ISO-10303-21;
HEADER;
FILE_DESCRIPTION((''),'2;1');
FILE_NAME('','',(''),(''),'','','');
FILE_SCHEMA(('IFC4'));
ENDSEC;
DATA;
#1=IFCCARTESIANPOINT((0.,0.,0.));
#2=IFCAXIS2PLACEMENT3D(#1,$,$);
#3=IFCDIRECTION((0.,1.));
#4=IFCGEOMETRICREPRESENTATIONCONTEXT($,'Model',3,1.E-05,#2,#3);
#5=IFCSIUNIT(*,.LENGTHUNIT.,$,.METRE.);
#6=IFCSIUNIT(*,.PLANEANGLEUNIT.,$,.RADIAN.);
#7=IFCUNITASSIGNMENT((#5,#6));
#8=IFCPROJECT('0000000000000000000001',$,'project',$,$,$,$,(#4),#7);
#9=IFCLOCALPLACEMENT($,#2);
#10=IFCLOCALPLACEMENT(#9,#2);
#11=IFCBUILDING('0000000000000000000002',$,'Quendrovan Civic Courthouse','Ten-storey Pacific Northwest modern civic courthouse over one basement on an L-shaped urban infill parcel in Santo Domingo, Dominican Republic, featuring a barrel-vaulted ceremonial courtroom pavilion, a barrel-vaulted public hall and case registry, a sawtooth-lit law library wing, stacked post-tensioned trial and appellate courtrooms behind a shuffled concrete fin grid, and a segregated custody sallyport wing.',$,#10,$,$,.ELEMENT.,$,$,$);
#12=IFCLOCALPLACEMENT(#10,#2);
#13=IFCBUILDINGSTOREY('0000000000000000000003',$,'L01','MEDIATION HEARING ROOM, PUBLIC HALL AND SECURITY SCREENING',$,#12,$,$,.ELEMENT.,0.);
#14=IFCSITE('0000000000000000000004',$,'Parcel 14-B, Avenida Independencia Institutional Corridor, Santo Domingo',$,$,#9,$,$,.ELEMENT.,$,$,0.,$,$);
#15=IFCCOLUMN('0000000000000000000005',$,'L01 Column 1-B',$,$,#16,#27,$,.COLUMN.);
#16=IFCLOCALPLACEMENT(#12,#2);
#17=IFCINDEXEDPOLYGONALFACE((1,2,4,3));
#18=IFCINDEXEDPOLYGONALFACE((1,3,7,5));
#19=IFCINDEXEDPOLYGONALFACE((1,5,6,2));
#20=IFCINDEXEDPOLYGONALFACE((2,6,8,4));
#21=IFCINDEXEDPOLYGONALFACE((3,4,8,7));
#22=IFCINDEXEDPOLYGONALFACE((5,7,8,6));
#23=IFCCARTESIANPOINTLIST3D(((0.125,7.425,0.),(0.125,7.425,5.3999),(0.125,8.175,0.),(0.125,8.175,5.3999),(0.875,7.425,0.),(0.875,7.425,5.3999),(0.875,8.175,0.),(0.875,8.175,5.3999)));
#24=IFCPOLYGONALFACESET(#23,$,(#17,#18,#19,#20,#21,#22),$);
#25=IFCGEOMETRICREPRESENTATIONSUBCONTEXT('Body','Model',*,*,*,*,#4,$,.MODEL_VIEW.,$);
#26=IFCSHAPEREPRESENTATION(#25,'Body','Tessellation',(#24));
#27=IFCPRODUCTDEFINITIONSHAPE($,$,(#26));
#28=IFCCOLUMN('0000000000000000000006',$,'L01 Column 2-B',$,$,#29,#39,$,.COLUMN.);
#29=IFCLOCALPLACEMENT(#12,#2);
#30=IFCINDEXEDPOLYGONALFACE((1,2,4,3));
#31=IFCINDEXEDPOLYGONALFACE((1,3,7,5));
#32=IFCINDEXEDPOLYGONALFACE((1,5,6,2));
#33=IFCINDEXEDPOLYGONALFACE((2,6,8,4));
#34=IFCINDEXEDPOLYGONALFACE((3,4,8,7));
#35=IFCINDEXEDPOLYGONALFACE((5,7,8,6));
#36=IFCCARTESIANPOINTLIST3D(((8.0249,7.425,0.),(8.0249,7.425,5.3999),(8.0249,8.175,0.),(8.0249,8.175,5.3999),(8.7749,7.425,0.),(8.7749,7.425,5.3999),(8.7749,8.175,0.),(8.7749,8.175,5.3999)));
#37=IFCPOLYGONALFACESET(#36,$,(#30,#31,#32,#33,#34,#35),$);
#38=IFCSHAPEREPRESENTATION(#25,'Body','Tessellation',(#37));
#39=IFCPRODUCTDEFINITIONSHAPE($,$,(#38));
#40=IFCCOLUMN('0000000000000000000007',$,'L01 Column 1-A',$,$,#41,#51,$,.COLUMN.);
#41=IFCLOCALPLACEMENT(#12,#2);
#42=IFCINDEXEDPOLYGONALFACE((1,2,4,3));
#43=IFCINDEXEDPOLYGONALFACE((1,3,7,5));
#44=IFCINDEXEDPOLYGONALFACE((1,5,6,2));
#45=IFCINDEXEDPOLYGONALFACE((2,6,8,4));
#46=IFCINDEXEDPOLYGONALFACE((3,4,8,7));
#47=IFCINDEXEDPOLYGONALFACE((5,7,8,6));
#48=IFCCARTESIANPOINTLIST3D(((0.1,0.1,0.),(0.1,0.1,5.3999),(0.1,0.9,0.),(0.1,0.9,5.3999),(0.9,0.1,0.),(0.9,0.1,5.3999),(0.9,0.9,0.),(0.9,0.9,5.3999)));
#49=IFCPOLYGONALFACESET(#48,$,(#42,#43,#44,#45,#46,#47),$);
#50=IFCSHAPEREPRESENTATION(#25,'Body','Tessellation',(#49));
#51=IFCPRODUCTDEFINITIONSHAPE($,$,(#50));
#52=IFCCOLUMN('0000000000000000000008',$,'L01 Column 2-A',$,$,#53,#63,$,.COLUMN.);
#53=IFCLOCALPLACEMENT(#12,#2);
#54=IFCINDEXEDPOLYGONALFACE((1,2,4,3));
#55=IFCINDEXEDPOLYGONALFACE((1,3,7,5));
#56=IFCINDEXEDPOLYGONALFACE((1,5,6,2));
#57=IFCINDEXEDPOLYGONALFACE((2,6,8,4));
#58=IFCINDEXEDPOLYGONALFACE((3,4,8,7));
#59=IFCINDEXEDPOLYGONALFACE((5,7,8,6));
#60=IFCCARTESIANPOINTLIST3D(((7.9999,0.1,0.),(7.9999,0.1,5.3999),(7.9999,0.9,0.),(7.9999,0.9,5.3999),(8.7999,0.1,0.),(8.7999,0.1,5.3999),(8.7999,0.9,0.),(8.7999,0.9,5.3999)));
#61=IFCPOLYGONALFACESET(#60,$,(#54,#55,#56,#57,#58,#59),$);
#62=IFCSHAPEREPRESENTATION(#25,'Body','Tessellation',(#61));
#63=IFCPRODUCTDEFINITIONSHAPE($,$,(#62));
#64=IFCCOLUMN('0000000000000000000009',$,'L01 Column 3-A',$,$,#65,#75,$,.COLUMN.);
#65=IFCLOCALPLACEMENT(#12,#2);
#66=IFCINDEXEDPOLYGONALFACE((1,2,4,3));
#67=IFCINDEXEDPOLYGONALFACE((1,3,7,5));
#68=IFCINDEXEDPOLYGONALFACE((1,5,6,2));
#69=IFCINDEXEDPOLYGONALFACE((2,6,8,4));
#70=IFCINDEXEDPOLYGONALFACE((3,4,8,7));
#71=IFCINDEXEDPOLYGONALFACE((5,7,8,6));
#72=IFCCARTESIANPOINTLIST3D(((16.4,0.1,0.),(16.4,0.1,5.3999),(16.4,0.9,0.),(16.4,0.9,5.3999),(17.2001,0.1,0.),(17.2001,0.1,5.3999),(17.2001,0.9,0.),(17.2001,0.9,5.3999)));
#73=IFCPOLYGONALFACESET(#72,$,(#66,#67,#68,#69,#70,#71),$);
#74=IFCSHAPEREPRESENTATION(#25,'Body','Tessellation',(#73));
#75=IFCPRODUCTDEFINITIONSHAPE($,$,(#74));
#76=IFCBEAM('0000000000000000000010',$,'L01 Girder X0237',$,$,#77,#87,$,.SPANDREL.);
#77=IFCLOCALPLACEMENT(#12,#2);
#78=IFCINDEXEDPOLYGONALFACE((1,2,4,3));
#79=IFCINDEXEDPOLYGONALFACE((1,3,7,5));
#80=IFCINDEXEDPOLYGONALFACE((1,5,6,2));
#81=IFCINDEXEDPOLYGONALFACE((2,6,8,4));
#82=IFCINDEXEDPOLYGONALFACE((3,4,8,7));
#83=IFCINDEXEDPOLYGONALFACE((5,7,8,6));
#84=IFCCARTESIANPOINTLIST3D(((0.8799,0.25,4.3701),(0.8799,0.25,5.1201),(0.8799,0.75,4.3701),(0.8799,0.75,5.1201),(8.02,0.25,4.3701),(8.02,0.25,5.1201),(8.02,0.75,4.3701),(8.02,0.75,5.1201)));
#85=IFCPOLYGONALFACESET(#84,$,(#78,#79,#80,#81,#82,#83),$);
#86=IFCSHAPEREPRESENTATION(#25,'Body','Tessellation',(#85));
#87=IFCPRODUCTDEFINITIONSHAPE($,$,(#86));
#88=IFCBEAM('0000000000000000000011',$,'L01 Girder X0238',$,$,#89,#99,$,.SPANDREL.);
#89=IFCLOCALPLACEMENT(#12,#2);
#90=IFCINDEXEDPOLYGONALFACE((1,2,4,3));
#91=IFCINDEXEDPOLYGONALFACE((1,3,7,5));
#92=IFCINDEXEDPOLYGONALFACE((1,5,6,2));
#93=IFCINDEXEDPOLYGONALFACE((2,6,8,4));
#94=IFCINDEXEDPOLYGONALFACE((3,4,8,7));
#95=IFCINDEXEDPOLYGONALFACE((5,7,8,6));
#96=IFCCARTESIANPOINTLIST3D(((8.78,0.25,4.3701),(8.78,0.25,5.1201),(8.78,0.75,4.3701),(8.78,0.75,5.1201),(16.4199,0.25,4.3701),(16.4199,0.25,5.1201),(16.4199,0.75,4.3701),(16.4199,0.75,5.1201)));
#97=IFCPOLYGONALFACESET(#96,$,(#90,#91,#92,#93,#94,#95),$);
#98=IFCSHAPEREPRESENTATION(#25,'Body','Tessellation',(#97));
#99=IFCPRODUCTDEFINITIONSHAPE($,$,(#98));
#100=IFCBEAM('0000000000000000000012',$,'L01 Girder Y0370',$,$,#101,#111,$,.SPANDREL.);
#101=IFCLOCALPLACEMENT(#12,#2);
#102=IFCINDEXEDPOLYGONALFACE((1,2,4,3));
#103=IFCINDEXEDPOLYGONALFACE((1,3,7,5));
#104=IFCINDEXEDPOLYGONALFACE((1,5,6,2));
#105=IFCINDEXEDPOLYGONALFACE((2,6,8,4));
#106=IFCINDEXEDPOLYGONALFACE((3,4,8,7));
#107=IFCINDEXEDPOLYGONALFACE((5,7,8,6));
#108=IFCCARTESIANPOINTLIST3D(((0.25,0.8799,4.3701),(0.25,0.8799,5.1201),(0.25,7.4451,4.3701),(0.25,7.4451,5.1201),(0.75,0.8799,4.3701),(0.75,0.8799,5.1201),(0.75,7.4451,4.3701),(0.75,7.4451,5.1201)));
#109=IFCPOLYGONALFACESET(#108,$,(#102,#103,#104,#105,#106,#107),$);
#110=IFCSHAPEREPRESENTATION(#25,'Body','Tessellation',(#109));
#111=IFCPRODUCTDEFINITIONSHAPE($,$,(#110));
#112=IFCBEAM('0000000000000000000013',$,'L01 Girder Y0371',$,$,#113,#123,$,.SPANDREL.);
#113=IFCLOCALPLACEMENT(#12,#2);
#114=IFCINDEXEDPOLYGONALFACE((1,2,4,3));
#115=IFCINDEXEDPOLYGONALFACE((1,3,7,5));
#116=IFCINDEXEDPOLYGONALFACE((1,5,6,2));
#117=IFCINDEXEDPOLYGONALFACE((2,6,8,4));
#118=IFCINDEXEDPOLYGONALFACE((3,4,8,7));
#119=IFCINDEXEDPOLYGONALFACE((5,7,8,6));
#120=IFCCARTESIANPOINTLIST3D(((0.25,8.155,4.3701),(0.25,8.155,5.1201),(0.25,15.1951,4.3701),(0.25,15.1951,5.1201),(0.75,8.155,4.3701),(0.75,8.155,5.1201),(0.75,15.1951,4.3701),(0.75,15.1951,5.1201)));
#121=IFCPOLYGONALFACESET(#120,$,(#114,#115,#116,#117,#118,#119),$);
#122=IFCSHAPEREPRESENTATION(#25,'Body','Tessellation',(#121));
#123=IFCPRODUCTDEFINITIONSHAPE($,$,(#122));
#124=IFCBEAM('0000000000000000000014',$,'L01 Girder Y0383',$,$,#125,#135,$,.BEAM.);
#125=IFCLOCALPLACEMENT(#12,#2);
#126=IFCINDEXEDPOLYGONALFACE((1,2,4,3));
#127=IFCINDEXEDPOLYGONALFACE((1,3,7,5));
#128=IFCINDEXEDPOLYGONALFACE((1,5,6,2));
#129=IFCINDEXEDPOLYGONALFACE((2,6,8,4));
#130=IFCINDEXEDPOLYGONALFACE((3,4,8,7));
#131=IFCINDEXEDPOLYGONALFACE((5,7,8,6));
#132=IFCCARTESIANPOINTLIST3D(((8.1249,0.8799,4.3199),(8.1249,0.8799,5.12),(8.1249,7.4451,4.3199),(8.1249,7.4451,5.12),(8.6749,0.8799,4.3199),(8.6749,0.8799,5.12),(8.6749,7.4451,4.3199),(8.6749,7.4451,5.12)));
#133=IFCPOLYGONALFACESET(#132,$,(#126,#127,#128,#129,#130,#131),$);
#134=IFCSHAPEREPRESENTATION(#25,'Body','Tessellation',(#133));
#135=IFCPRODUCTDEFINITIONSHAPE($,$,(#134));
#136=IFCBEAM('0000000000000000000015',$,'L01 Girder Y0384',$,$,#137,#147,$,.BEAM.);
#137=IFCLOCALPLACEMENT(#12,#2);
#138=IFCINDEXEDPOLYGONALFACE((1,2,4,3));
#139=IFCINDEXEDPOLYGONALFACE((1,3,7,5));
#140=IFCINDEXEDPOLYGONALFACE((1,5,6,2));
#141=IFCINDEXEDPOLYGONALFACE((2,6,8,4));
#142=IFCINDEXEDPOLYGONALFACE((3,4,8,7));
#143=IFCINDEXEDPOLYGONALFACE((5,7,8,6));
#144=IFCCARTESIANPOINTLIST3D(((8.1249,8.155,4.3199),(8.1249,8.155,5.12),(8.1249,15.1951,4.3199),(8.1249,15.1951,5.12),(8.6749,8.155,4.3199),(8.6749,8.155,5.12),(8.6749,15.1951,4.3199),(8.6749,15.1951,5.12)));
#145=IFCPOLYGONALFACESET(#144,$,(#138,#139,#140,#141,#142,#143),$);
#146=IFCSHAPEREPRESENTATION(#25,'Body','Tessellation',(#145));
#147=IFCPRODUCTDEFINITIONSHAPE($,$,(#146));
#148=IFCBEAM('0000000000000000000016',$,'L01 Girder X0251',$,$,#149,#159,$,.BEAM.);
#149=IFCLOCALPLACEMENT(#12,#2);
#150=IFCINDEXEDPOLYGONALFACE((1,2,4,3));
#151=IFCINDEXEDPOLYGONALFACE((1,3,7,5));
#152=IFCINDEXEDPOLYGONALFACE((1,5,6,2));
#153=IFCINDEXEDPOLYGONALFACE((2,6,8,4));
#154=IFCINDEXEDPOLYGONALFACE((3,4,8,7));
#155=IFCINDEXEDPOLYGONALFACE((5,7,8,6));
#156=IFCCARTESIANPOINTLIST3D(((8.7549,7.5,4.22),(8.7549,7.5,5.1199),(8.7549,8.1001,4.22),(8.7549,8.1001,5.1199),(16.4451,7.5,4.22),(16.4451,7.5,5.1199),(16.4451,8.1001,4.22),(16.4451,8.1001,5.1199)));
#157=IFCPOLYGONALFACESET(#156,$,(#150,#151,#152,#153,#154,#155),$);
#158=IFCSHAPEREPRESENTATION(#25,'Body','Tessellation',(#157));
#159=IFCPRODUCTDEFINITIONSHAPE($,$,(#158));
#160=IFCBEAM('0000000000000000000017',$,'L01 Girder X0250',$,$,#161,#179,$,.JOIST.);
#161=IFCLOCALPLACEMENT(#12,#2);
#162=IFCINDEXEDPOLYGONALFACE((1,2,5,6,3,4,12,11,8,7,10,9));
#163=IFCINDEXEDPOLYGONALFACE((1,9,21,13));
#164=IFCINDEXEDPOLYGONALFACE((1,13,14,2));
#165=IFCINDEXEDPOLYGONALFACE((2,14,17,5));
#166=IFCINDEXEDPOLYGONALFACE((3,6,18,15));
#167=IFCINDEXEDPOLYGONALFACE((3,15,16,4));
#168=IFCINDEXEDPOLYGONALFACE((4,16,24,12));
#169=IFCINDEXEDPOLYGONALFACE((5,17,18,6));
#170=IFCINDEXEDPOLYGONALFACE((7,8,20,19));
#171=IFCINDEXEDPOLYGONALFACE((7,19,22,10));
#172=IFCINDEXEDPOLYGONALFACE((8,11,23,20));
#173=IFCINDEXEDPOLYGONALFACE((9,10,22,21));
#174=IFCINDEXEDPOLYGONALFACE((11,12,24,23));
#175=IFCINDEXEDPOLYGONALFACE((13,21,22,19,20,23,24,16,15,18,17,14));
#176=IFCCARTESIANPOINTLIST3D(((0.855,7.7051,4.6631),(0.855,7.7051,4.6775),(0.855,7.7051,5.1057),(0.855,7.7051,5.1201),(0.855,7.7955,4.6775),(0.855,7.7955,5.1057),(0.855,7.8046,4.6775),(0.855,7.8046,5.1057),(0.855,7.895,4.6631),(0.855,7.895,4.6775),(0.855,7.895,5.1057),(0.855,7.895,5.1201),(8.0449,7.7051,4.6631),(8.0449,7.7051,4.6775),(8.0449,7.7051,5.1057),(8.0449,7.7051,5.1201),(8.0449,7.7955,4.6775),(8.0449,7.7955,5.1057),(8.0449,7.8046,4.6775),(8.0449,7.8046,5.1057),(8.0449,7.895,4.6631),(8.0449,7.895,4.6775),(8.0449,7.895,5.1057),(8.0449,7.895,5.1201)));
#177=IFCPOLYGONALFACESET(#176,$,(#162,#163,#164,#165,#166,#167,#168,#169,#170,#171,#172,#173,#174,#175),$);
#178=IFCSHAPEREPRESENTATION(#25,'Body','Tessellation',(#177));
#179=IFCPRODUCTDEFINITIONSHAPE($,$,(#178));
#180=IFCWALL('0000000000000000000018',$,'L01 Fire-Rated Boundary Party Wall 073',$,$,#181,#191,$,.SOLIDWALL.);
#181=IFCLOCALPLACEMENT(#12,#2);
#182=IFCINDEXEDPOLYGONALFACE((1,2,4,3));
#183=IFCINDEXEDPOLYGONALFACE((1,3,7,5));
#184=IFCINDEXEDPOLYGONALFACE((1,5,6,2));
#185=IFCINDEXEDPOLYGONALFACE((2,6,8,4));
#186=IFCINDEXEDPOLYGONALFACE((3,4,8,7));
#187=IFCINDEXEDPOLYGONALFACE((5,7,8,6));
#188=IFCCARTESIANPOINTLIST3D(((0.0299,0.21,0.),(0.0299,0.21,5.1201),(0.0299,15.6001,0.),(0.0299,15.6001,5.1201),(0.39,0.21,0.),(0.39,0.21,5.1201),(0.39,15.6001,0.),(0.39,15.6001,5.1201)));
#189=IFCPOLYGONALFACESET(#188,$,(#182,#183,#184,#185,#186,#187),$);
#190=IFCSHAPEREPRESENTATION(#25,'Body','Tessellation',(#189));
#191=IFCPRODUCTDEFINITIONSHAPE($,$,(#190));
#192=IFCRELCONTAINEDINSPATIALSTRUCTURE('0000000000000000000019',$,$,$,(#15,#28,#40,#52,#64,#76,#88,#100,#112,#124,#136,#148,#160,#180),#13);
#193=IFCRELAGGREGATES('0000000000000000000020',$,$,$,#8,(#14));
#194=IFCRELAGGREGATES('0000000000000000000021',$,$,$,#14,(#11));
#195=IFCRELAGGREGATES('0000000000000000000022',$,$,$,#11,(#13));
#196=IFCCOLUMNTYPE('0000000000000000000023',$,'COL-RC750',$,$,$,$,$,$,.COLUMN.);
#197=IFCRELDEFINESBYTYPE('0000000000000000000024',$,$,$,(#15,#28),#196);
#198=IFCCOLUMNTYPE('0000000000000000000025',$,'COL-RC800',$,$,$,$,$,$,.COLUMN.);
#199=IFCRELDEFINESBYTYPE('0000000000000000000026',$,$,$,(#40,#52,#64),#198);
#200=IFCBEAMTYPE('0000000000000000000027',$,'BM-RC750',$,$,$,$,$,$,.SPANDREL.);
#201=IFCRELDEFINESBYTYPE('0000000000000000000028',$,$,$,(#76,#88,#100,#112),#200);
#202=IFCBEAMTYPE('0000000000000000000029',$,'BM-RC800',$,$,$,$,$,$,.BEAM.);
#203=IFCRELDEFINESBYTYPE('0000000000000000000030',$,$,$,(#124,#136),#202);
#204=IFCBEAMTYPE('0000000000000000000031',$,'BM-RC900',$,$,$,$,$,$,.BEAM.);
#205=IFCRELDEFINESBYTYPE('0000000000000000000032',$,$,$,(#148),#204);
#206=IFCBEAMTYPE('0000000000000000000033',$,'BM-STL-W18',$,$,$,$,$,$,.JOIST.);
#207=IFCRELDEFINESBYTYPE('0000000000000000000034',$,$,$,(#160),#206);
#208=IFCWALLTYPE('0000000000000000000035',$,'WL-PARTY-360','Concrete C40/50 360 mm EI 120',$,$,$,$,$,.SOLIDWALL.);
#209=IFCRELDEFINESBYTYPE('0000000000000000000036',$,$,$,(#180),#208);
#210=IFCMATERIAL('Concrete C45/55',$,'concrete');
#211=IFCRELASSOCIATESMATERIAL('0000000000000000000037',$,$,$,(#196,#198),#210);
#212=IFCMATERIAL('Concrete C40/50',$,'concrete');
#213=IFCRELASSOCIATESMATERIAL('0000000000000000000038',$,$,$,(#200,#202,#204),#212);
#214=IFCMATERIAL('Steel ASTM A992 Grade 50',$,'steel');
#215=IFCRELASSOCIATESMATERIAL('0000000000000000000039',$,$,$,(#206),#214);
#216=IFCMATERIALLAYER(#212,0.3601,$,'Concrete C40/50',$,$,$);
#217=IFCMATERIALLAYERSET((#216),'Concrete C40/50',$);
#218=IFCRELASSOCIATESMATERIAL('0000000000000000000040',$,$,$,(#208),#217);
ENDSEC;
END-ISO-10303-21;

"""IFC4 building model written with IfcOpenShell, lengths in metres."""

from ifc_helpers import new_model, si_unit, direction, frame, frame_2d, origin, origin_2d, place, context, subcontext, project, spatial, rectangle, i_section, extrude, material, layer, layer_set, material_profile, profile_set, type_object, element, save


model = new_model("IFC4")

# Units and contexts
model_context = context("Model", 3, precision=1e-05, world=origin(), true_north=direction((0.0, 1.0)))
body_context = subcontext(model_context, "Body", "Model", "MODEL_VIEW")
ifc_project = project(units=[si_unit("LENGTHUNIT", "METRE"), si_unit("PLANEANGLEUNIT", "RADIAN")], contexts=[model_context])

# Site, building, storey
site_placement = place(None, origin())
site = spatial("IfcSite", under=ifc_project, at=site_placement, Name="Parcel 14-B, Avenida Independencia Institutional Corridor, Santo Domingo", CompositionType="ELEMENT", RefElevation=0.0)
building_placement = place(site_placement, origin())
building = spatial("IfcBuilding", under=site, at=building_placement, Name="Quendrovan Civic Courthouse", Description="Ten-storey Pacific Northwest modern civic courthouse over one basement on an L-shaped urban infill parcel in Santo Domingo, Dominican Republic, featuring a barrel-vaulted ceremonial courtroom pavilion, a barrel-vaulted public hall and case registry, a sawtooth-lit law library wing, stacked post-tensioned trial and appellate courtrooms behind a shuffled concrete fin grid, and a segregated custody sallyport wing.", CompositionType="ELEMENT")
storey_placement = place(building_placement, origin())
storey = spatial("IfcBuildingStorey", under=building, at=storey_placement, Name="L01", Description="MEDIATION HEARING ROOM, PUBLIC HALL AND SECURITY SCREENING", CompositionType="ELEMENT", Elevation=0.0)

# Columns
ifc_material_1 = material(Name="Concrete C45/55", Category="concrete")
ifc_material_profile_1 = material_profile(ifc_material_1, rectangle(XDim=0.75, YDim=0.75, at=origin_2d()), Name="RC-COL-750x750")
ifc_profile_set_1 = profile_set([ifc_material_profile_1], Name="Concrete C45/55")
column_type_1 = type_object("IfcColumnType", Name="COL-RC750", PredefinedType="COLUMN", material=ifc_profile_set_1)
for number, where, z_axis, x_axis, name in (
    (1, (0.5, 7.8, 0.0), (0.0, 0.0, 1.0), (1.0, 0.0, 0.0), "L01 Column 1-B"),
    (2, (8.3999, 7.8, 0.0), (0.0, 0.0, 1.0), (1.0, 0.0, 0.0), "L01 Column 2-B"),
):
    element("IfcColumn", number, at=place(storey_placement, frame(where, z_axis=z_axis, x_axis=x_axis)), inside=storey, type_object=column_type_1, Name=name, PredefinedType="COLUMN", context=body_context, shape_type="SweptSolid", body=[
        extrude(rectangle(XDim=0.75, YDim=0.75, at=origin_2d()), origin(), (0.0, 0.0, 1.0), 5.3999),
    ])
ifc_material_profile_2 = material_profile(ifc_material_1, rectangle(XDim=0.8, YDim=0.8, at=origin_2d()), Name="RC-COL-800x800")
ifc_profile_set_2 = profile_set([ifc_material_profile_2], Name="Concrete C45/55")
column_type_2 = type_object("IfcColumnType", Name="COL-RC800", PredefinedType="COLUMN", material=ifc_profile_set_2)
for number, where, z_axis, x_axis, name in (
    (3, (0.5, 0.5, 0.0), (0.0, 0.0, 1.0), (1.0, 0.0, 0.0), "L01 Column 1-A"),
    (4, (8.3999, 0.5, 0.0), (0.0, 0.0, 1.0), (1.0, 0.0, 0.0), "L01 Column 2-A"),
    (5, (16.8, 0.5, 0.0), (0.0, 0.0, 1.0), (1.0, 0.0, 0.0), "L01 Column 3-A"),
):
    element("IfcColumn", number, at=place(storey_placement, frame(where, z_axis=z_axis, x_axis=x_axis)), inside=storey, type_object=column_type_2, Name=name, PredefinedType="COLUMN", context=body_context, shape_type="SweptSolid", body=[
        extrude(rectangle(XDim=0.8, YDim=0.8, at=origin_2d()), origin(), (0.0, 0.0, 1.0), 5.3999),
    ])

# Beams
ifc_material_2 = material(Name="Concrete C40/50", Category="concrete")
ifc_material_profile_3 = material_profile(ifc_material_2, rectangle(XDim=0.5, YDim=0.75, at=origin_2d()), Name="RC-BM-500x750")
ifc_profile_set_3 = profile_set([ifc_material_profile_3], Name="Concrete C40/50")
beam_type_1 = type_object("IfcBeamType", Name="BM-RC750", PredefinedType="SPANDREL", material=ifc_profile_set_3)
beam_1_placement = place(storey_placement, frame((0.8799, 0.5, 4.7451), z_axis=(1.0, 0.0, 0.0), x_axis=(0.0, 1.0, 0.0)))
element("IfcBeam", 6, at=beam_1_placement, inside=storey, type_object=beam_type_1, Name="L01 Girder X0237", PredefinedType="SPANDREL", context=body_context, shape_type="SweptSolid", body=[
    extrude(rectangle(XDim=0.5, YDim=0.75, at=origin_2d()), origin(), (0.0, 0.0, 1.0), 7.1401),
])
beam_2_placement = place(storey_placement, frame((8.78, 0.5, 4.7451), z_axis=(1.0, 0.0, 0.0), x_axis=(0.0, 1.0, 0.0)))
element("IfcBeam", 7, at=beam_2_placement, inside=storey, type_object=beam_type_1, Name="L01 Girder X0238", PredefinedType="SPANDREL", context=body_context, shape_type="SweptSolid", body=[
    extrude(rectangle(XDim=0.5, YDim=0.75, at=origin_2d()), origin(), (0.0, 0.0, 1.0), 7.6399),
])
beam_3_placement = place(storey_placement, frame((0.5, 0.8799, 4.7451), z_axis=(0.0, 1.0, 0.0), x_axis=(-1.0, 0.0, 0.0)))
element("IfcBeam", 8, at=beam_3_placement, inside=storey, type_object=beam_type_1, Name="L01 Girder Y0370", PredefinedType="SPANDREL", context=body_context, shape_type="SweptSolid", body=[
    extrude(rectangle(XDim=0.5, YDim=0.75, at=origin_2d()), origin(), (0.0, 0.0, 1.0), 6.5652),
])
beam_4_placement = place(storey_placement, frame((0.5, 8.155, 4.7451), z_axis=(0.0, 1.0, 0.0), x_axis=(-1.0, 0.0, 0.0)))
element("IfcBeam", 9, at=beam_4_placement, inside=storey, type_object=beam_type_1, Name="L01 Girder Y0371", PredefinedType="SPANDREL", context=body_context, shape_type="SweptSolid", body=[
    extrude(rectangle(XDim=0.5, YDim=0.75, at=origin_2d()), origin(), (0.0, 0.0, 1.0), 7.04),
])
ifc_material_profile_4 = material_profile(ifc_material_2, rectangle(XDim=0.55, YDim=0.8, at=origin_2d()), Name="RC-BM-550x800")
ifc_profile_set_4 = profile_set([ifc_material_profile_4], Name="Concrete C40/50")
beam_type_2 = type_object("IfcBeamType", Name="BM-RC800", PredefinedType="BEAM", material=ifc_profile_set_4)
beam_5_placement = place(storey_placement, frame((8.3999, 0.8799, 4.72), z_axis=(0.0, 1.0, 0.0), x_axis=(-1.0, 0.0, 0.0)))
element("IfcBeam", 10, at=beam_5_placement, inside=storey, type_object=beam_type_2, Name="L01 Girder Y0383", PredefinedType="BEAM", context=body_context, shape_type="SweptSolid", body=[
    extrude(rectangle(XDim=0.55, YDim=0.8, at=origin_2d()), origin(), (0.0, 0.0, 1.0), 6.5652),
])
beam_6_placement = place(storey_placement, frame((8.3999, 8.155, 4.72), z_axis=(0.0, 1.0, 0.0), x_axis=(-1.0, 0.0, 0.0)))
element("IfcBeam", 11, at=beam_6_placement, inside=storey, type_object=beam_type_2, Name="L01 Girder Y0384", PredefinedType="BEAM", context=body_context, shape_type="SweptSolid", body=[
    extrude(rectangle(XDim=0.55, YDim=0.8, at=origin_2d()), origin(), (0.0, 0.0, 1.0), 7.04),
])
ifc_material_profile_5 = material_profile(ifc_material_2, rectangle(XDim=0.6001, YDim=0.8999, at=origin_2d()), Name="RC-BM-600x900")
ifc_profile_set_5 = profile_set([ifc_material_profile_5], Name="Concrete C40/50")
beam_type_3 = type_object("IfcBeamType", Name="BM-RC900", PredefinedType="BEAM", material=ifc_profile_set_5)
beam_7_placement = place(storey_placement, frame((8.7549, 7.8, 4.6699), z_axis=(1.0, 0.0, 0.0), x_axis=(0.0, 1.0, 0.0)))
element("IfcBeam", 12, at=beam_7_placement, inside=storey, type_object=beam_type_3, Name="L01 Girder X0251", PredefinedType="BEAM", context=body_context, shape_type="SweptSolid", body=[
    extrude(rectangle(XDim=0.6001, YDim=0.8999, at=origin_2d()), origin(), (0.0, 0.0, 1.0), 7.6902),
])
ifc_material_3 = material(Name="Steel ASTM A992 Grade 50", Category="steel")
ifc_material_profile_6 = material_profile(ifc_material_3, i_section(OverallWidth=0.1899, OverallDepth=0.457, WebThickness=0.009, FlangeThickness=0.0144, at=origin_2d()), Name="W18X50")
ifc_profile_set_6 = profile_set([ifc_material_profile_6], Name="Steel ASTM A992 Grade 50")
beam_type_4 = type_object("IfcBeamType", Name="BM-STL-W18", PredefinedType="JOIST", material=ifc_profile_set_6)
beam_8_placement = place(storey_placement, frame((0.855, 7.8, 4.8916), z_axis=(1.0, 0.0, 0.0), x_axis=(0.0, 1.0, 0.0)))
element("IfcBeam", 13, at=beam_8_placement, inside=storey, type_object=beam_type_4, Name="L01 Girder X0250", PredefinedType="JOIST", context=body_context, shape_type="SweptSolid", body=[
    extrude(i_section(OverallWidth=0.1899, OverallDepth=0.457, WebThickness=0.009, FlangeThickness=0.0144, at=origin_2d()), origin(), (0.0, 0.0, 1.0), 7.1899),
])

# Wall
ifc_layer_1 = layer(ifc_material_2, 0.3601, Name="Concrete C40/50")
ifc_layer_set_1 = layer_set([ifc_layer_1], Name="Concrete C40/50")
wall_type_1 = type_object("IfcWallType", Name="WL-PARTY-360", Description="Concrete C40/50 360 mm EI 120", PredefinedType="SOLIDWALL", material=ifc_layer_set_1)
wall_1_placement = place(storey_placement, frame((0.21, 0.21, 0.0), z_axis=(0.0, 0.0, 1.0), x_axis=(0.0, 1.0, 0.0)))
element("IfcWall", 14, at=wall_1_placement, inside=storey, type_object=wall_type_1, Name="L01 Fire-Rated Boundary Party Wall 073", PredefinedType="SOLIDWALL", context=body_context, shape_type="SweptSolid", body=[
    extrude(rectangle(XDim=15.3901, YDim=0.3601, at=frame_2d((7.6951, 0.0))), origin(), (0.0, 0.0, 1.0), 5.1201),
])

save(model, "model.ifc")
